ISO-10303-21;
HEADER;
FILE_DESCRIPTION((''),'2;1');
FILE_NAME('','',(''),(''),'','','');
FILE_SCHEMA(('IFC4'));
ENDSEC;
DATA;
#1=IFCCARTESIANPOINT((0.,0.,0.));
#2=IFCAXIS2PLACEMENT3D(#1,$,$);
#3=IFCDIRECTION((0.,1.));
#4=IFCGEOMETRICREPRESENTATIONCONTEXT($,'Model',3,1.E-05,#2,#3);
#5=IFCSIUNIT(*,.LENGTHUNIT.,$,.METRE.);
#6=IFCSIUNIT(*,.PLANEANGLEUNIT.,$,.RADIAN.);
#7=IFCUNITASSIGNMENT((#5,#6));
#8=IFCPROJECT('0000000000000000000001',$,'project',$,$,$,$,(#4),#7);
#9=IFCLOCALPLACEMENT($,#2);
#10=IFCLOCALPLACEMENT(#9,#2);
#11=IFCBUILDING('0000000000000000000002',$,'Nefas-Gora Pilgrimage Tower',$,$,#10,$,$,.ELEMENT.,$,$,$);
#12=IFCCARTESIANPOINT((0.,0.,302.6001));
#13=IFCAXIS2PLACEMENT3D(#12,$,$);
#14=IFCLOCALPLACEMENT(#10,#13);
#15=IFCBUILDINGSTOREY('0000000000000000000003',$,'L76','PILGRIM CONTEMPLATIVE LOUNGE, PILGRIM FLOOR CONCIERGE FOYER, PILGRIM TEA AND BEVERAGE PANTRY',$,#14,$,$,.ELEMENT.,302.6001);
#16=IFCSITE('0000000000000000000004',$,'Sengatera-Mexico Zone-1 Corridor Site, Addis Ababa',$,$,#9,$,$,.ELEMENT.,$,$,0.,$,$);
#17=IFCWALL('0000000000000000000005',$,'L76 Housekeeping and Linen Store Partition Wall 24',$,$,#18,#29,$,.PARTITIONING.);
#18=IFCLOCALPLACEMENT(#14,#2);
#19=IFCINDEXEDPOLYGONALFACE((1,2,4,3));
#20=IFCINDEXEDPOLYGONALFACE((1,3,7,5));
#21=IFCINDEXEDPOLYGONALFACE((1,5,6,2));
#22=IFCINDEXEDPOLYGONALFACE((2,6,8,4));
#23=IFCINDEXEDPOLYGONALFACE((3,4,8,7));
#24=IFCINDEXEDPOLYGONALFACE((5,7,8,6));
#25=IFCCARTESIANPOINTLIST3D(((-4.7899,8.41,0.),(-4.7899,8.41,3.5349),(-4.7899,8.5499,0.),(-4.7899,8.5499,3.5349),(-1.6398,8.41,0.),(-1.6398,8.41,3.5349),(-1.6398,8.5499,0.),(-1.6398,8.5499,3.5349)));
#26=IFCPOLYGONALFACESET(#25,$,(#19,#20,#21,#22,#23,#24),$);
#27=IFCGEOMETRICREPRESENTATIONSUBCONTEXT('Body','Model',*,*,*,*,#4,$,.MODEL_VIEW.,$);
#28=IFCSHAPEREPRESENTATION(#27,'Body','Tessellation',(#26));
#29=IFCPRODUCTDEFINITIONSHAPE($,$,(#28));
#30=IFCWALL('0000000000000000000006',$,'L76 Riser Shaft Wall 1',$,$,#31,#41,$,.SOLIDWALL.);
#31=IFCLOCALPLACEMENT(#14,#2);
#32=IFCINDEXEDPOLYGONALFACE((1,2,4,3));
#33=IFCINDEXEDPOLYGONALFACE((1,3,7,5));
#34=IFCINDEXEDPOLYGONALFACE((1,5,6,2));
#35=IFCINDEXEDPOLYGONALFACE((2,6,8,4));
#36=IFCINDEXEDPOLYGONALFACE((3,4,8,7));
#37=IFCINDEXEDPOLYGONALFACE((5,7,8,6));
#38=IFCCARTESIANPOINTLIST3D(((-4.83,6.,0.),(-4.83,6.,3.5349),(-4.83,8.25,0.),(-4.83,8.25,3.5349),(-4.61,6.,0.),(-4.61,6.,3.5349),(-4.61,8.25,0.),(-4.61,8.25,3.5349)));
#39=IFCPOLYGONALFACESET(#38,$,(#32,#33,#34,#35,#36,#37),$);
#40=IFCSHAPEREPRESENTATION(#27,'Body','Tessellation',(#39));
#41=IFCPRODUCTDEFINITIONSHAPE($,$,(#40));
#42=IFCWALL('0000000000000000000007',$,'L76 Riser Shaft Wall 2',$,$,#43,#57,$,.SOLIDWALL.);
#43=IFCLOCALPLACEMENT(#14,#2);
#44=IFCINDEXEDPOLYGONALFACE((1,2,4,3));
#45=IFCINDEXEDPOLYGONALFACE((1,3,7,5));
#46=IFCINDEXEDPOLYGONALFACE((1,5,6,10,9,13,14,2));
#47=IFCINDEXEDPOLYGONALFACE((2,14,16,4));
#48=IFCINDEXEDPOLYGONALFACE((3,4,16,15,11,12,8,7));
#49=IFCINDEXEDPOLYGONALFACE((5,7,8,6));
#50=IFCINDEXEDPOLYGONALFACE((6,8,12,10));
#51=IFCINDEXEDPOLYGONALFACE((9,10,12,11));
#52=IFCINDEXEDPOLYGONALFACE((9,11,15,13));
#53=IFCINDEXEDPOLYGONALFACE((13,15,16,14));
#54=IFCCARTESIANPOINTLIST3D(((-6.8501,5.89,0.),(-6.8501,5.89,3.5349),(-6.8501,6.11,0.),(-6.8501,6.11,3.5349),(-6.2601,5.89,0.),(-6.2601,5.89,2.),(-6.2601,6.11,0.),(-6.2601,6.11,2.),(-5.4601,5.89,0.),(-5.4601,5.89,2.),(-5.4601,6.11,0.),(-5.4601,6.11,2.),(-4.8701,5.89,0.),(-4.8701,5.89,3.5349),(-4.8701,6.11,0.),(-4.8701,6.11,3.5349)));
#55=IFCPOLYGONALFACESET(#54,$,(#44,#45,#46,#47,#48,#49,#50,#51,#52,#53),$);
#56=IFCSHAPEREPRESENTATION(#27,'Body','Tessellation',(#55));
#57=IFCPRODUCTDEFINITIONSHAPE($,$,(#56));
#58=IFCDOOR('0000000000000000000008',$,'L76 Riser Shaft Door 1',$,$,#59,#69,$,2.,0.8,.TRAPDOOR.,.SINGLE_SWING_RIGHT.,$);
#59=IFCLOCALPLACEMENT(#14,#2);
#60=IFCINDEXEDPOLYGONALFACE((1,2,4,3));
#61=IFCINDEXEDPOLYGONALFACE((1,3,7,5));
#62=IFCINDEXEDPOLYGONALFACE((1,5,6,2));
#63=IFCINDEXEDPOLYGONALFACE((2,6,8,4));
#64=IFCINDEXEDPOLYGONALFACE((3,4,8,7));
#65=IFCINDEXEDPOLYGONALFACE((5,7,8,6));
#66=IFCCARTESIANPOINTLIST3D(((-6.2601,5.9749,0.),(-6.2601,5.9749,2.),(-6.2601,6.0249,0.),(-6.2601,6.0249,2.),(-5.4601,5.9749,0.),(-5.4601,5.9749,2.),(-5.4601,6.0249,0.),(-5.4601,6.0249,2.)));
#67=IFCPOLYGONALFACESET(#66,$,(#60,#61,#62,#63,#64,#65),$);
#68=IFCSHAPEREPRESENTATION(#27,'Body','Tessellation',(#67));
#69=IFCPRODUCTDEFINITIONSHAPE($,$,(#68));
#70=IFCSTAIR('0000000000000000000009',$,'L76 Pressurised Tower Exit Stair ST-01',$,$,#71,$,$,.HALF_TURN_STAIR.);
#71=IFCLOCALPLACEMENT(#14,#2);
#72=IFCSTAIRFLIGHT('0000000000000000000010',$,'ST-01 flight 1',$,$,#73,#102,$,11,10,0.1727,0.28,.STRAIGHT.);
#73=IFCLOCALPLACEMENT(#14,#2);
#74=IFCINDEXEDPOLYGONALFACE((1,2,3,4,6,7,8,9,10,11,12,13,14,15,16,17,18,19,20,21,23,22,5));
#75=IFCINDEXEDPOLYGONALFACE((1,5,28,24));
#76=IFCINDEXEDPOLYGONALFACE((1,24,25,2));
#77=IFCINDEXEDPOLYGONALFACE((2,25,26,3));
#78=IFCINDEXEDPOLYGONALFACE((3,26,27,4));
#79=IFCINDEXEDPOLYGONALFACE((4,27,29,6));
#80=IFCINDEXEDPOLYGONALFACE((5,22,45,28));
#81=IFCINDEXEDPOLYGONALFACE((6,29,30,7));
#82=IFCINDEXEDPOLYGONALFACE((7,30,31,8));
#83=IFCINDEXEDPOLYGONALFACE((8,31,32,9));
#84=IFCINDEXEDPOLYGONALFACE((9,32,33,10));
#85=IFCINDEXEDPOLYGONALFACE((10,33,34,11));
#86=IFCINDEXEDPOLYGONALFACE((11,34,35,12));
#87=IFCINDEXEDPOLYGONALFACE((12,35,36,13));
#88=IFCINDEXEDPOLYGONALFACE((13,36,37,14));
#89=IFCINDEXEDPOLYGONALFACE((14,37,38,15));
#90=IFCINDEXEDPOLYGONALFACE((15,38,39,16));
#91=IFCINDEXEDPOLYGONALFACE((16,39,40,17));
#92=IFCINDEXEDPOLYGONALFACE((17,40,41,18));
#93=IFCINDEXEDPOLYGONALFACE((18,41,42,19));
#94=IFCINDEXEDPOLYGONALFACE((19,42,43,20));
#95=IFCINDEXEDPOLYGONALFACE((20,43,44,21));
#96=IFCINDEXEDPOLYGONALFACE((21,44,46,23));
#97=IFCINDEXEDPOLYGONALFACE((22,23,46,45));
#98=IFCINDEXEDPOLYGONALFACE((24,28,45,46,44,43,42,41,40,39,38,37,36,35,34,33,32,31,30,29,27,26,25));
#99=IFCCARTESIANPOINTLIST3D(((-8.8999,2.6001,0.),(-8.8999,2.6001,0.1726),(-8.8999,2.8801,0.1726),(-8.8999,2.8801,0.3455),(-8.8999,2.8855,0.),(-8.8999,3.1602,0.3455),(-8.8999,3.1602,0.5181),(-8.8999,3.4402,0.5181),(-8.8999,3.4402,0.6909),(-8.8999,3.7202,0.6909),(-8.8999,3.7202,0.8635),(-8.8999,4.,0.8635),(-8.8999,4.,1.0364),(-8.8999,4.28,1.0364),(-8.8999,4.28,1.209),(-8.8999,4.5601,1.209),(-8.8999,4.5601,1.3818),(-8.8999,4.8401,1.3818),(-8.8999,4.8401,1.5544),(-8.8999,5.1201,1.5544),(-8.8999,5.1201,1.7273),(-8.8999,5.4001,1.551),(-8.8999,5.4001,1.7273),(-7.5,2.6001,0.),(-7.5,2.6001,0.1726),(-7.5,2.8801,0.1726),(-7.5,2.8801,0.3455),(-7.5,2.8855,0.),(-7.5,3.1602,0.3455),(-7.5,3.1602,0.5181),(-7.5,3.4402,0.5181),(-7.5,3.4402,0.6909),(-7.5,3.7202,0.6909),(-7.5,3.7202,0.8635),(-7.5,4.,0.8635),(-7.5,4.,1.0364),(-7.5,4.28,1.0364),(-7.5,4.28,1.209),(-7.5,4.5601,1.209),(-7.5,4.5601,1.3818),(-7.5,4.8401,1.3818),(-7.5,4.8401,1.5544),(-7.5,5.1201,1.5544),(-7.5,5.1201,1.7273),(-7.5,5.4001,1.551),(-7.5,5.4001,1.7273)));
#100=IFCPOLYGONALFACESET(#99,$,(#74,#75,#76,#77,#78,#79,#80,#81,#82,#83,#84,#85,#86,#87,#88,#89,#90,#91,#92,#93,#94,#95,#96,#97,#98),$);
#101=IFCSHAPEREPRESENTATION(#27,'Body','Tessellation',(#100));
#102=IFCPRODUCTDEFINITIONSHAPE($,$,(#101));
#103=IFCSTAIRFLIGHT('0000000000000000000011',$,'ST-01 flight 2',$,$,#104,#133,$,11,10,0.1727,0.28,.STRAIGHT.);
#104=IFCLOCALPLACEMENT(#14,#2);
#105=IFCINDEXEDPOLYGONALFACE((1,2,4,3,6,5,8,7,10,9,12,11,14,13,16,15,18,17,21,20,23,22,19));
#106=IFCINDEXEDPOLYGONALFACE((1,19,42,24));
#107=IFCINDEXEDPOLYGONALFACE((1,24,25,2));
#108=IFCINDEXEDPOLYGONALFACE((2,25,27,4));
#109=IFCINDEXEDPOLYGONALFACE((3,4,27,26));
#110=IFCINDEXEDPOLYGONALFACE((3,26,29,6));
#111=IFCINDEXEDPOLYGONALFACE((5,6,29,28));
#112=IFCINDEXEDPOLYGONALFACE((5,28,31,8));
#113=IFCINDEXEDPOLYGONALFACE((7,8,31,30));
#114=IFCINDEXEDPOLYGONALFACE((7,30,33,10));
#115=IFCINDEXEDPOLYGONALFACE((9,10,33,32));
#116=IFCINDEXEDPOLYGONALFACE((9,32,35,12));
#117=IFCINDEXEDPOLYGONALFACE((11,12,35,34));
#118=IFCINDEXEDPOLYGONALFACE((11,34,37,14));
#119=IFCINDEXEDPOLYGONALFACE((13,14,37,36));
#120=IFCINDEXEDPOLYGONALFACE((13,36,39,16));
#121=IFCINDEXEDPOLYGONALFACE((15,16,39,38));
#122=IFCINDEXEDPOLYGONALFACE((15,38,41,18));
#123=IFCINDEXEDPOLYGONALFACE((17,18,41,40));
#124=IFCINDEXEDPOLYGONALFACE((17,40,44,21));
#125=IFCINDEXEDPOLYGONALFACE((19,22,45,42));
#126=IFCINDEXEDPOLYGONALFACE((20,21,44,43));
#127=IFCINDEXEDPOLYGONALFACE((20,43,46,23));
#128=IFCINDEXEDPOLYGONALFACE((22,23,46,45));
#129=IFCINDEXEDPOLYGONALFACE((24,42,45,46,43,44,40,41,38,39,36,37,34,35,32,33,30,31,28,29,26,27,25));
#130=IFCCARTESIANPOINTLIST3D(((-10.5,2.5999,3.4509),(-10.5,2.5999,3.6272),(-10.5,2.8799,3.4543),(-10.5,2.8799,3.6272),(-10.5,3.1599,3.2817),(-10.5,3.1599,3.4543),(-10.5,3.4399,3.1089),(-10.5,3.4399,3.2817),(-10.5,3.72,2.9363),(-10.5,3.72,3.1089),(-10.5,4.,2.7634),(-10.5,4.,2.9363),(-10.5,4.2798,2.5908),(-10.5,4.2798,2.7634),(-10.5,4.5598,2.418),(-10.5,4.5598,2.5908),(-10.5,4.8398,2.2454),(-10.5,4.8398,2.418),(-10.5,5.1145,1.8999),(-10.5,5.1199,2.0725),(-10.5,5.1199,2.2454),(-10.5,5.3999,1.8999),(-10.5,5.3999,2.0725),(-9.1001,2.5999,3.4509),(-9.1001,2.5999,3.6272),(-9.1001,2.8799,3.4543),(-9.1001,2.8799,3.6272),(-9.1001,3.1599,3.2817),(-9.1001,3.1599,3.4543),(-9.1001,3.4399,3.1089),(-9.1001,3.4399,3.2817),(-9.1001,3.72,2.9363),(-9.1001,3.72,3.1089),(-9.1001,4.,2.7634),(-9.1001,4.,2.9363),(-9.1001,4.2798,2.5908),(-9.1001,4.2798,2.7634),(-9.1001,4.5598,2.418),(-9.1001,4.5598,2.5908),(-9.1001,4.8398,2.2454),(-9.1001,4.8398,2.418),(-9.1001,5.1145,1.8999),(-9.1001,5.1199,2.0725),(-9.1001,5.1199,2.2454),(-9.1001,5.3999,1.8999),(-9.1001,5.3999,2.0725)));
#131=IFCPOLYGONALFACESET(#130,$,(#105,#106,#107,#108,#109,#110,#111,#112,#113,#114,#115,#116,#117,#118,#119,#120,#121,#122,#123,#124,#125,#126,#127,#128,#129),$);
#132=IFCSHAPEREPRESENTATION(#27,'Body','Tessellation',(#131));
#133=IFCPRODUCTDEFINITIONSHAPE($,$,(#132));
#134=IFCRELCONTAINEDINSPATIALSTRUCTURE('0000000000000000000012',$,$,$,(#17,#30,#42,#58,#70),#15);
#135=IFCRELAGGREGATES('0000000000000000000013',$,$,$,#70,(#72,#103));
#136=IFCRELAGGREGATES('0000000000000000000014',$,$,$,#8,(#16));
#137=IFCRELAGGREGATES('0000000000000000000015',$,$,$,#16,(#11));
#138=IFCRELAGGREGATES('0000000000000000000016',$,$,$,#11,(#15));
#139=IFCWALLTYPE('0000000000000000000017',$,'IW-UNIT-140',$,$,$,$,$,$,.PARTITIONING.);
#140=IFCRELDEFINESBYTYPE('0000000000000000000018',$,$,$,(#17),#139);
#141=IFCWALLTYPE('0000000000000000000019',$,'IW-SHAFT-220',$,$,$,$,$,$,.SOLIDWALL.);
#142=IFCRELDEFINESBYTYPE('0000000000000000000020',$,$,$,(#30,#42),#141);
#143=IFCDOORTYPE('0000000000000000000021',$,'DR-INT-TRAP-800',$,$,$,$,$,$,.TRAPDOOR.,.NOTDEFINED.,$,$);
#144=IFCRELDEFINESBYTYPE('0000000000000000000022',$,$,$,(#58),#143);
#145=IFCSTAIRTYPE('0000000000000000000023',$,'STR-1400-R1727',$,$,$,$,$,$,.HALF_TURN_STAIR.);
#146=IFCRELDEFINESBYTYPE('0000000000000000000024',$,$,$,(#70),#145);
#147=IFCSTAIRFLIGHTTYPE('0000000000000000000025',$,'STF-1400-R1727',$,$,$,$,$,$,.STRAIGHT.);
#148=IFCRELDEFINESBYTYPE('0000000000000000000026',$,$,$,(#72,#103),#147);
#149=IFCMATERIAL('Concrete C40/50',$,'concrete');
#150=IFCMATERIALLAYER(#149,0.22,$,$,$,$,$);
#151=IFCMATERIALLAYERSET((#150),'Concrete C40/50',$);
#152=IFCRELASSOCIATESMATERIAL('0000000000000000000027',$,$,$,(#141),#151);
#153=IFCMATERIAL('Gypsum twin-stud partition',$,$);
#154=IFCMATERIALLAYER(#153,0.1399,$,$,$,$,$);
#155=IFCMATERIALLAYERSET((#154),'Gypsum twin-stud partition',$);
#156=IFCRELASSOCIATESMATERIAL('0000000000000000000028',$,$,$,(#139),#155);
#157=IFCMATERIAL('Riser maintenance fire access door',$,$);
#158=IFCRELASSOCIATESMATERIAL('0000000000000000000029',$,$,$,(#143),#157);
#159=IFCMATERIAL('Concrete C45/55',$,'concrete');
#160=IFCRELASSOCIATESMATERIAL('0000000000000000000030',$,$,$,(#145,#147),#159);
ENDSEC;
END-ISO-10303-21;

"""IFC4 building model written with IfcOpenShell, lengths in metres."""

from ifc_helpers import new_model, si_unit, direction, frame, frame_2d, origin, place, context, subcontext, project, spatial, polyline, rectangle, outline, extrude, source, transform, mapped, material, layer, layer_set, type_object, element, fill, aggregate, save


model = new_model("IFC4")

# Units and contexts
model_context = context("Model", 3, precision=1e-05, world=origin(), true_north=direction((0.0, 1.0)))
body_context = subcontext(model_context, "Body", "Model", "MODEL_VIEW")
ifc_project = project(units=[si_unit("LENGTHUNIT", "METRE"), si_unit("PLANEANGLEUNIT", "RADIAN")], contexts=[model_context])

# Site, building, storey
site_placement = place(None, origin())
site = spatial("IfcSite", under=ifc_project, at=site_placement, Name="Sengatera-Mexico Zone-1 Corridor Site, Addis Ababa", CompositionType="ELEMENT", RefElevation=0.0)
building_placement = place(site_placement, origin())
building = spatial("IfcBuilding", under=site, at=building_placement, Name="Nefas-Gora Pilgrimage Tower", CompositionType="ELEMENT")
storey_placement = place(building_placement, frame((0.0, 0.0, 302.6001)))
storey = spatial("IfcBuildingStorey", under=building, at=storey_placement, Name="L76", Description="PILGRIM CONTEMPLATIVE LOUNGE, PILGRIM FLOOR CONCIERGE FOYER, PILGRIM TEA AND BEVERAGE PANTRY", CompositionType="ELEMENT", Elevation=302.6001)

# Shared definitions
ifc_material_1 = material(Name="Concrete C45/55", Category="concrete")

# Shared definitions
ifc_material_2 = material(Name="Concrete C40/50", Category="concrete")
ifc_layer_1 = layer(ifc_material_2, 0.22)
ifc_layer_set_1 = layer_set([ifc_layer_1], Name="Concrete C40/50")
wall_type_1 = type_object("IfcWallType", Name="IW-SHAFT-220", PredefinedType="SOLIDWALL", material=ifc_layer_set_1)

# Walls
ifc_material_3 = material(Name="Gypsum twin-stud partition")
ifc_layer_2 = layer(ifc_material_3, 0.1399)
ifc_layer_set_2 = layer_set([ifc_layer_2], Name="Gypsum twin-stud partition")
wall_type_2 = type_object("IfcWallType", Name="IW-UNIT-140", PredefinedType="PARTITIONING", material=ifc_layer_set_2)
shared_shape_1 = source(origin(), body_context, "Body", "SweptSolid", [
    extrude(rectangle(XDim=3.1501, YDim=0.1399, at=frame_2d((1.5752, 0.0))), origin(), (0.0, 0.0, 1.0), 3.5349),
])
wall_1_placement = place(storey_placement, frame((-4.79, 8.48, 0.0), z_axis=(0.0, 0.0, 1.0), x_axis=(1.0, 0.0, 0.0)))
element("IfcWall", 1, at=wall_1_placement, inside=storey, type_object=wall_type_2, Name="L76 Housekeeping and Linen Store Partition Wall 24", PredefinedType="PARTITIONING", context=body_context, shape_type="MappedRepresentation", body=[
    mapped(shared_shape_1, transform((0.0, 0.0, 0.0), x_axis=(1.0, 0.0, 0.0), y_axis=(0.0, 1.0, 0.0), z_axis=(0.0, 0.0, 1.0), scale=1.0)),
])
shared_shape_2 = source(origin(), body_context, "Body", "SweptSolid", [
    extrude(rectangle(XDim=2.25, YDim=0.22, at=frame_2d((1.125, 0.0))), origin(), (0.0, 0.0, 1.0), 3.5349),
])
wall_2_placement = place(storey_placement, frame((-4.72, 6.0, 0.0), z_axis=(0.0, 0.0, 1.0), x_axis=(0.0, 1.0, 0.0)))
element("IfcWall", 2, at=wall_2_placement, inside=storey, type_object=wall_type_1, Name="L76 Riser Shaft Wall 1", PredefinedType="SOLIDWALL", context=body_context, shape_type="MappedRepresentation", body=[
    mapped(shared_shape_2, transform((0.0, 0.0, 0.0), x_axis=(1.0, 0.0, 0.0), y_axis=(0.0, 1.0, 0.0), z_axis=(0.0, 0.0, 1.0), scale=1.0)),
])

# Wall, opening, door
shared_shape_3 = source(origin(), body_context, "Body", "SweptSolid", [
    extrude(rectangle(XDim=1.98, YDim=0.22, at=frame_2d((0.99, 0.0))), origin(), (0.0, 0.0, 1.0), 3.5349),
])
wall_3_placement = place(storey_placement, frame((-6.8501, 6.0, 0.0), z_axis=(0.0, 0.0, 1.0), x_axis=(1.0, 0.0, 0.0)))
wall_3 = element("IfcWall", 3, at=wall_3_placement, inside=storey, type_object=wall_type_1, Name="L76 Riser Shaft Wall 2", PredefinedType="SOLIDWALL", context=body_context, shape_type="MappedRepresentation", body=[
    mapped(shared_shape_3, transform((0.0, 0.0, 0.0), x_axis=(1.0, 0.0, 0.0), y_axis=(0.0, 1.0, 0.0), z_axis=(0.0, 0.0, 1.0), scale=1.0)),
])
opening_1_placement = place(wall_3_placement, frame((0.5901, 0.0, 0.0)))
opening_1 = element("IfcOpeningElement", 4, at=opening_1_placement, cuts=wall_3, PredefinedType="OPENING", context=body_context, shape_type="SweptSolid", body=[
    extrude(rectangle(XDim=0.8, YDim=2.0, at=frame_2d((0.3999, 1.0))), frame((0.0, 0.1199, 0.0), z_axis=(0.0, -1.0, 0.0), x_axis=(1.0, 0.0, 0.0)), (0.0, 0.0, 1.0), 0.24),
])
ifc_material_4 = material(Name="Riser maintenance fire access door")
door_type_1 = type_object("IfcDoorType", Name="DR-INT-TRAP-800", OperationType="NOTDEFINED", PredefinedType="TRAPDOOR", material=ifc_material_4)
shared_shape_4 = source(origin(), body_context, "Body", "SweptSolid", [
    extrude(rectangle(XDim=0.8, YDim=2.0, at=frame_2d((0.3999, 1.0))), frame((0.0, 0.0249, 0.0), z_axis=(0.0, -1.0, 0.0), x_axis=(1.0, 0.0, 0.0)), (0.0, 0.0, 1.0), 0.05),
])
door_1_placement = place(opening_1_placement, origin())
door_1 = element("IfcDoor", 5, at=door_1_placement, inside=storey, type_object=door_type_1, Name="L76 Riser Shaft Door 1", OperationType="SINGLE_SWING_RIGHT", OverallHeight=2.0, OverallWidth=0.8, PredefinedType="TRAPDOOR", context=body_context, shape_type="MappedRepresentation", body=[
    mapped(shared_shape_4, transform((0.0, 0.0, 0.0), x_axis=(1.0, 0.0, 0.0), y_axis=(0.0, 1.0, 0.0), z_axis=(0.0, 0.0, 1.0), scale=1.0)),
])
fill(opening_1, door_1)

# Stair, stair flights
stair_type = type_object("IfcStairType", Name="STR-1400-R1727", PredefinedType="HALF_TURN_STAIR", material=ifc_material_1)
stair_placement = place(storey_placement, origin())
stair = element("IfcStair", 6, at=stair_placement, inside=storey, type_object=stair_type, Name="L76 Pressurised Tower Exit Stair ST-01", PredefinedType="HALF_TURN_STAIR")
stair_flight_type = type_object("IfcStairFlightType", Name="STF-1400-R1727", PredefinedType="STRAIGHT", material=ifc_material_1)
shared_shape_5 = source(origin(), body_context, "Body", "SweptSolid", [
    extrude(outline(polyline([(0.0, 0.0), (0.0, 0.1726), (0.28, 0.1726), (0.28, 0.3455), (0.5601, 0.3455), (0.5601, 0.5181), (0.8401, 0.5181), (0.8401, 0.6909), (1.1201, 0.6909), (1.1201, 0.8635), (1.3999, 0.8635), (1.3999, 1.0364), (1.6799, 1.0364), (1.6799, 1.209), (1.96, 1.209), (1.96, 1.3818), (2.24, 1.3818), (2.24, 1.5544), (2.52, 1.5544), (2.52, 1.7273), (2.8, 1.7273), (2.8, 1.8999), (2.8, 1.551), (0.2854, 0.0), (0.0, 0.0)])), frame((0.0, 0.7, 0.0), z_axis=(0.0, -1.0, 0.0), x_axis=(1.0, 0.0, 0.0)), (0.0, 0.0, 1.0), 1.3999),
])
stair_flight_1_placement = place(storey_placement, frame((-8.2, 2.6001, 0.0), z_axis=(0.0, 0.0, 1.0), x_axis=(0.0, 1.0, 0.0)))
stair_flight_1 = element("IfcStairFlight", 7, at=stair_flight_1_placement, type_object=stair_flight_type, Name="ST-01 flight 1", NumberOfRisers=11, NumberOfTreads=10, PredefinedType="STRAIGHT", RiserHeight=0.1727, TreadLength=0.28, context=body_context, shape_type="MappedRepresentation", body=[
    mapped(shared_shape_5, transform((0.0, 0.0, 0.0), x_axis=(1.0, 0.0, 0.0), y_axis=(0.0, 1.0, 0.0), z_axis=(0.0, 0.0, 1.0), scale=1.0)),
])
stair_flight_2_placement = place(storey_placement, frame((-9.8, 5.3999, 1.8999), z_axis=(0.0, 0.0, 1.0), x_axis=(0.0, -1.0, 0.0)))
stair_flight_2 = element("IfcStairFlight", 8, at=stair_flight_2_placement, type_object=stair_flight_type, Name="ST-01 flight 2", NumberOfRisers=11, NumberOfTreads=10, PredefinedType="STRAIGHT", RiserHeight=0.1727, TreadLength=0.28, context=body_context, shape_type="MappedRepresentation", body=[
    mapped(shared_shape_5, transform((0.0, 0.0, 0.0), x_axis=(1.0, 0.0, 0.0), y_axis=(0.0, 1.0, 0.0), z_axis=(0.0, 0.0, 1.0), scale=1.0)),
])
aggregate(stair, [stair_flight_1, stair_flight_2])

save(model, "model.ifc")
